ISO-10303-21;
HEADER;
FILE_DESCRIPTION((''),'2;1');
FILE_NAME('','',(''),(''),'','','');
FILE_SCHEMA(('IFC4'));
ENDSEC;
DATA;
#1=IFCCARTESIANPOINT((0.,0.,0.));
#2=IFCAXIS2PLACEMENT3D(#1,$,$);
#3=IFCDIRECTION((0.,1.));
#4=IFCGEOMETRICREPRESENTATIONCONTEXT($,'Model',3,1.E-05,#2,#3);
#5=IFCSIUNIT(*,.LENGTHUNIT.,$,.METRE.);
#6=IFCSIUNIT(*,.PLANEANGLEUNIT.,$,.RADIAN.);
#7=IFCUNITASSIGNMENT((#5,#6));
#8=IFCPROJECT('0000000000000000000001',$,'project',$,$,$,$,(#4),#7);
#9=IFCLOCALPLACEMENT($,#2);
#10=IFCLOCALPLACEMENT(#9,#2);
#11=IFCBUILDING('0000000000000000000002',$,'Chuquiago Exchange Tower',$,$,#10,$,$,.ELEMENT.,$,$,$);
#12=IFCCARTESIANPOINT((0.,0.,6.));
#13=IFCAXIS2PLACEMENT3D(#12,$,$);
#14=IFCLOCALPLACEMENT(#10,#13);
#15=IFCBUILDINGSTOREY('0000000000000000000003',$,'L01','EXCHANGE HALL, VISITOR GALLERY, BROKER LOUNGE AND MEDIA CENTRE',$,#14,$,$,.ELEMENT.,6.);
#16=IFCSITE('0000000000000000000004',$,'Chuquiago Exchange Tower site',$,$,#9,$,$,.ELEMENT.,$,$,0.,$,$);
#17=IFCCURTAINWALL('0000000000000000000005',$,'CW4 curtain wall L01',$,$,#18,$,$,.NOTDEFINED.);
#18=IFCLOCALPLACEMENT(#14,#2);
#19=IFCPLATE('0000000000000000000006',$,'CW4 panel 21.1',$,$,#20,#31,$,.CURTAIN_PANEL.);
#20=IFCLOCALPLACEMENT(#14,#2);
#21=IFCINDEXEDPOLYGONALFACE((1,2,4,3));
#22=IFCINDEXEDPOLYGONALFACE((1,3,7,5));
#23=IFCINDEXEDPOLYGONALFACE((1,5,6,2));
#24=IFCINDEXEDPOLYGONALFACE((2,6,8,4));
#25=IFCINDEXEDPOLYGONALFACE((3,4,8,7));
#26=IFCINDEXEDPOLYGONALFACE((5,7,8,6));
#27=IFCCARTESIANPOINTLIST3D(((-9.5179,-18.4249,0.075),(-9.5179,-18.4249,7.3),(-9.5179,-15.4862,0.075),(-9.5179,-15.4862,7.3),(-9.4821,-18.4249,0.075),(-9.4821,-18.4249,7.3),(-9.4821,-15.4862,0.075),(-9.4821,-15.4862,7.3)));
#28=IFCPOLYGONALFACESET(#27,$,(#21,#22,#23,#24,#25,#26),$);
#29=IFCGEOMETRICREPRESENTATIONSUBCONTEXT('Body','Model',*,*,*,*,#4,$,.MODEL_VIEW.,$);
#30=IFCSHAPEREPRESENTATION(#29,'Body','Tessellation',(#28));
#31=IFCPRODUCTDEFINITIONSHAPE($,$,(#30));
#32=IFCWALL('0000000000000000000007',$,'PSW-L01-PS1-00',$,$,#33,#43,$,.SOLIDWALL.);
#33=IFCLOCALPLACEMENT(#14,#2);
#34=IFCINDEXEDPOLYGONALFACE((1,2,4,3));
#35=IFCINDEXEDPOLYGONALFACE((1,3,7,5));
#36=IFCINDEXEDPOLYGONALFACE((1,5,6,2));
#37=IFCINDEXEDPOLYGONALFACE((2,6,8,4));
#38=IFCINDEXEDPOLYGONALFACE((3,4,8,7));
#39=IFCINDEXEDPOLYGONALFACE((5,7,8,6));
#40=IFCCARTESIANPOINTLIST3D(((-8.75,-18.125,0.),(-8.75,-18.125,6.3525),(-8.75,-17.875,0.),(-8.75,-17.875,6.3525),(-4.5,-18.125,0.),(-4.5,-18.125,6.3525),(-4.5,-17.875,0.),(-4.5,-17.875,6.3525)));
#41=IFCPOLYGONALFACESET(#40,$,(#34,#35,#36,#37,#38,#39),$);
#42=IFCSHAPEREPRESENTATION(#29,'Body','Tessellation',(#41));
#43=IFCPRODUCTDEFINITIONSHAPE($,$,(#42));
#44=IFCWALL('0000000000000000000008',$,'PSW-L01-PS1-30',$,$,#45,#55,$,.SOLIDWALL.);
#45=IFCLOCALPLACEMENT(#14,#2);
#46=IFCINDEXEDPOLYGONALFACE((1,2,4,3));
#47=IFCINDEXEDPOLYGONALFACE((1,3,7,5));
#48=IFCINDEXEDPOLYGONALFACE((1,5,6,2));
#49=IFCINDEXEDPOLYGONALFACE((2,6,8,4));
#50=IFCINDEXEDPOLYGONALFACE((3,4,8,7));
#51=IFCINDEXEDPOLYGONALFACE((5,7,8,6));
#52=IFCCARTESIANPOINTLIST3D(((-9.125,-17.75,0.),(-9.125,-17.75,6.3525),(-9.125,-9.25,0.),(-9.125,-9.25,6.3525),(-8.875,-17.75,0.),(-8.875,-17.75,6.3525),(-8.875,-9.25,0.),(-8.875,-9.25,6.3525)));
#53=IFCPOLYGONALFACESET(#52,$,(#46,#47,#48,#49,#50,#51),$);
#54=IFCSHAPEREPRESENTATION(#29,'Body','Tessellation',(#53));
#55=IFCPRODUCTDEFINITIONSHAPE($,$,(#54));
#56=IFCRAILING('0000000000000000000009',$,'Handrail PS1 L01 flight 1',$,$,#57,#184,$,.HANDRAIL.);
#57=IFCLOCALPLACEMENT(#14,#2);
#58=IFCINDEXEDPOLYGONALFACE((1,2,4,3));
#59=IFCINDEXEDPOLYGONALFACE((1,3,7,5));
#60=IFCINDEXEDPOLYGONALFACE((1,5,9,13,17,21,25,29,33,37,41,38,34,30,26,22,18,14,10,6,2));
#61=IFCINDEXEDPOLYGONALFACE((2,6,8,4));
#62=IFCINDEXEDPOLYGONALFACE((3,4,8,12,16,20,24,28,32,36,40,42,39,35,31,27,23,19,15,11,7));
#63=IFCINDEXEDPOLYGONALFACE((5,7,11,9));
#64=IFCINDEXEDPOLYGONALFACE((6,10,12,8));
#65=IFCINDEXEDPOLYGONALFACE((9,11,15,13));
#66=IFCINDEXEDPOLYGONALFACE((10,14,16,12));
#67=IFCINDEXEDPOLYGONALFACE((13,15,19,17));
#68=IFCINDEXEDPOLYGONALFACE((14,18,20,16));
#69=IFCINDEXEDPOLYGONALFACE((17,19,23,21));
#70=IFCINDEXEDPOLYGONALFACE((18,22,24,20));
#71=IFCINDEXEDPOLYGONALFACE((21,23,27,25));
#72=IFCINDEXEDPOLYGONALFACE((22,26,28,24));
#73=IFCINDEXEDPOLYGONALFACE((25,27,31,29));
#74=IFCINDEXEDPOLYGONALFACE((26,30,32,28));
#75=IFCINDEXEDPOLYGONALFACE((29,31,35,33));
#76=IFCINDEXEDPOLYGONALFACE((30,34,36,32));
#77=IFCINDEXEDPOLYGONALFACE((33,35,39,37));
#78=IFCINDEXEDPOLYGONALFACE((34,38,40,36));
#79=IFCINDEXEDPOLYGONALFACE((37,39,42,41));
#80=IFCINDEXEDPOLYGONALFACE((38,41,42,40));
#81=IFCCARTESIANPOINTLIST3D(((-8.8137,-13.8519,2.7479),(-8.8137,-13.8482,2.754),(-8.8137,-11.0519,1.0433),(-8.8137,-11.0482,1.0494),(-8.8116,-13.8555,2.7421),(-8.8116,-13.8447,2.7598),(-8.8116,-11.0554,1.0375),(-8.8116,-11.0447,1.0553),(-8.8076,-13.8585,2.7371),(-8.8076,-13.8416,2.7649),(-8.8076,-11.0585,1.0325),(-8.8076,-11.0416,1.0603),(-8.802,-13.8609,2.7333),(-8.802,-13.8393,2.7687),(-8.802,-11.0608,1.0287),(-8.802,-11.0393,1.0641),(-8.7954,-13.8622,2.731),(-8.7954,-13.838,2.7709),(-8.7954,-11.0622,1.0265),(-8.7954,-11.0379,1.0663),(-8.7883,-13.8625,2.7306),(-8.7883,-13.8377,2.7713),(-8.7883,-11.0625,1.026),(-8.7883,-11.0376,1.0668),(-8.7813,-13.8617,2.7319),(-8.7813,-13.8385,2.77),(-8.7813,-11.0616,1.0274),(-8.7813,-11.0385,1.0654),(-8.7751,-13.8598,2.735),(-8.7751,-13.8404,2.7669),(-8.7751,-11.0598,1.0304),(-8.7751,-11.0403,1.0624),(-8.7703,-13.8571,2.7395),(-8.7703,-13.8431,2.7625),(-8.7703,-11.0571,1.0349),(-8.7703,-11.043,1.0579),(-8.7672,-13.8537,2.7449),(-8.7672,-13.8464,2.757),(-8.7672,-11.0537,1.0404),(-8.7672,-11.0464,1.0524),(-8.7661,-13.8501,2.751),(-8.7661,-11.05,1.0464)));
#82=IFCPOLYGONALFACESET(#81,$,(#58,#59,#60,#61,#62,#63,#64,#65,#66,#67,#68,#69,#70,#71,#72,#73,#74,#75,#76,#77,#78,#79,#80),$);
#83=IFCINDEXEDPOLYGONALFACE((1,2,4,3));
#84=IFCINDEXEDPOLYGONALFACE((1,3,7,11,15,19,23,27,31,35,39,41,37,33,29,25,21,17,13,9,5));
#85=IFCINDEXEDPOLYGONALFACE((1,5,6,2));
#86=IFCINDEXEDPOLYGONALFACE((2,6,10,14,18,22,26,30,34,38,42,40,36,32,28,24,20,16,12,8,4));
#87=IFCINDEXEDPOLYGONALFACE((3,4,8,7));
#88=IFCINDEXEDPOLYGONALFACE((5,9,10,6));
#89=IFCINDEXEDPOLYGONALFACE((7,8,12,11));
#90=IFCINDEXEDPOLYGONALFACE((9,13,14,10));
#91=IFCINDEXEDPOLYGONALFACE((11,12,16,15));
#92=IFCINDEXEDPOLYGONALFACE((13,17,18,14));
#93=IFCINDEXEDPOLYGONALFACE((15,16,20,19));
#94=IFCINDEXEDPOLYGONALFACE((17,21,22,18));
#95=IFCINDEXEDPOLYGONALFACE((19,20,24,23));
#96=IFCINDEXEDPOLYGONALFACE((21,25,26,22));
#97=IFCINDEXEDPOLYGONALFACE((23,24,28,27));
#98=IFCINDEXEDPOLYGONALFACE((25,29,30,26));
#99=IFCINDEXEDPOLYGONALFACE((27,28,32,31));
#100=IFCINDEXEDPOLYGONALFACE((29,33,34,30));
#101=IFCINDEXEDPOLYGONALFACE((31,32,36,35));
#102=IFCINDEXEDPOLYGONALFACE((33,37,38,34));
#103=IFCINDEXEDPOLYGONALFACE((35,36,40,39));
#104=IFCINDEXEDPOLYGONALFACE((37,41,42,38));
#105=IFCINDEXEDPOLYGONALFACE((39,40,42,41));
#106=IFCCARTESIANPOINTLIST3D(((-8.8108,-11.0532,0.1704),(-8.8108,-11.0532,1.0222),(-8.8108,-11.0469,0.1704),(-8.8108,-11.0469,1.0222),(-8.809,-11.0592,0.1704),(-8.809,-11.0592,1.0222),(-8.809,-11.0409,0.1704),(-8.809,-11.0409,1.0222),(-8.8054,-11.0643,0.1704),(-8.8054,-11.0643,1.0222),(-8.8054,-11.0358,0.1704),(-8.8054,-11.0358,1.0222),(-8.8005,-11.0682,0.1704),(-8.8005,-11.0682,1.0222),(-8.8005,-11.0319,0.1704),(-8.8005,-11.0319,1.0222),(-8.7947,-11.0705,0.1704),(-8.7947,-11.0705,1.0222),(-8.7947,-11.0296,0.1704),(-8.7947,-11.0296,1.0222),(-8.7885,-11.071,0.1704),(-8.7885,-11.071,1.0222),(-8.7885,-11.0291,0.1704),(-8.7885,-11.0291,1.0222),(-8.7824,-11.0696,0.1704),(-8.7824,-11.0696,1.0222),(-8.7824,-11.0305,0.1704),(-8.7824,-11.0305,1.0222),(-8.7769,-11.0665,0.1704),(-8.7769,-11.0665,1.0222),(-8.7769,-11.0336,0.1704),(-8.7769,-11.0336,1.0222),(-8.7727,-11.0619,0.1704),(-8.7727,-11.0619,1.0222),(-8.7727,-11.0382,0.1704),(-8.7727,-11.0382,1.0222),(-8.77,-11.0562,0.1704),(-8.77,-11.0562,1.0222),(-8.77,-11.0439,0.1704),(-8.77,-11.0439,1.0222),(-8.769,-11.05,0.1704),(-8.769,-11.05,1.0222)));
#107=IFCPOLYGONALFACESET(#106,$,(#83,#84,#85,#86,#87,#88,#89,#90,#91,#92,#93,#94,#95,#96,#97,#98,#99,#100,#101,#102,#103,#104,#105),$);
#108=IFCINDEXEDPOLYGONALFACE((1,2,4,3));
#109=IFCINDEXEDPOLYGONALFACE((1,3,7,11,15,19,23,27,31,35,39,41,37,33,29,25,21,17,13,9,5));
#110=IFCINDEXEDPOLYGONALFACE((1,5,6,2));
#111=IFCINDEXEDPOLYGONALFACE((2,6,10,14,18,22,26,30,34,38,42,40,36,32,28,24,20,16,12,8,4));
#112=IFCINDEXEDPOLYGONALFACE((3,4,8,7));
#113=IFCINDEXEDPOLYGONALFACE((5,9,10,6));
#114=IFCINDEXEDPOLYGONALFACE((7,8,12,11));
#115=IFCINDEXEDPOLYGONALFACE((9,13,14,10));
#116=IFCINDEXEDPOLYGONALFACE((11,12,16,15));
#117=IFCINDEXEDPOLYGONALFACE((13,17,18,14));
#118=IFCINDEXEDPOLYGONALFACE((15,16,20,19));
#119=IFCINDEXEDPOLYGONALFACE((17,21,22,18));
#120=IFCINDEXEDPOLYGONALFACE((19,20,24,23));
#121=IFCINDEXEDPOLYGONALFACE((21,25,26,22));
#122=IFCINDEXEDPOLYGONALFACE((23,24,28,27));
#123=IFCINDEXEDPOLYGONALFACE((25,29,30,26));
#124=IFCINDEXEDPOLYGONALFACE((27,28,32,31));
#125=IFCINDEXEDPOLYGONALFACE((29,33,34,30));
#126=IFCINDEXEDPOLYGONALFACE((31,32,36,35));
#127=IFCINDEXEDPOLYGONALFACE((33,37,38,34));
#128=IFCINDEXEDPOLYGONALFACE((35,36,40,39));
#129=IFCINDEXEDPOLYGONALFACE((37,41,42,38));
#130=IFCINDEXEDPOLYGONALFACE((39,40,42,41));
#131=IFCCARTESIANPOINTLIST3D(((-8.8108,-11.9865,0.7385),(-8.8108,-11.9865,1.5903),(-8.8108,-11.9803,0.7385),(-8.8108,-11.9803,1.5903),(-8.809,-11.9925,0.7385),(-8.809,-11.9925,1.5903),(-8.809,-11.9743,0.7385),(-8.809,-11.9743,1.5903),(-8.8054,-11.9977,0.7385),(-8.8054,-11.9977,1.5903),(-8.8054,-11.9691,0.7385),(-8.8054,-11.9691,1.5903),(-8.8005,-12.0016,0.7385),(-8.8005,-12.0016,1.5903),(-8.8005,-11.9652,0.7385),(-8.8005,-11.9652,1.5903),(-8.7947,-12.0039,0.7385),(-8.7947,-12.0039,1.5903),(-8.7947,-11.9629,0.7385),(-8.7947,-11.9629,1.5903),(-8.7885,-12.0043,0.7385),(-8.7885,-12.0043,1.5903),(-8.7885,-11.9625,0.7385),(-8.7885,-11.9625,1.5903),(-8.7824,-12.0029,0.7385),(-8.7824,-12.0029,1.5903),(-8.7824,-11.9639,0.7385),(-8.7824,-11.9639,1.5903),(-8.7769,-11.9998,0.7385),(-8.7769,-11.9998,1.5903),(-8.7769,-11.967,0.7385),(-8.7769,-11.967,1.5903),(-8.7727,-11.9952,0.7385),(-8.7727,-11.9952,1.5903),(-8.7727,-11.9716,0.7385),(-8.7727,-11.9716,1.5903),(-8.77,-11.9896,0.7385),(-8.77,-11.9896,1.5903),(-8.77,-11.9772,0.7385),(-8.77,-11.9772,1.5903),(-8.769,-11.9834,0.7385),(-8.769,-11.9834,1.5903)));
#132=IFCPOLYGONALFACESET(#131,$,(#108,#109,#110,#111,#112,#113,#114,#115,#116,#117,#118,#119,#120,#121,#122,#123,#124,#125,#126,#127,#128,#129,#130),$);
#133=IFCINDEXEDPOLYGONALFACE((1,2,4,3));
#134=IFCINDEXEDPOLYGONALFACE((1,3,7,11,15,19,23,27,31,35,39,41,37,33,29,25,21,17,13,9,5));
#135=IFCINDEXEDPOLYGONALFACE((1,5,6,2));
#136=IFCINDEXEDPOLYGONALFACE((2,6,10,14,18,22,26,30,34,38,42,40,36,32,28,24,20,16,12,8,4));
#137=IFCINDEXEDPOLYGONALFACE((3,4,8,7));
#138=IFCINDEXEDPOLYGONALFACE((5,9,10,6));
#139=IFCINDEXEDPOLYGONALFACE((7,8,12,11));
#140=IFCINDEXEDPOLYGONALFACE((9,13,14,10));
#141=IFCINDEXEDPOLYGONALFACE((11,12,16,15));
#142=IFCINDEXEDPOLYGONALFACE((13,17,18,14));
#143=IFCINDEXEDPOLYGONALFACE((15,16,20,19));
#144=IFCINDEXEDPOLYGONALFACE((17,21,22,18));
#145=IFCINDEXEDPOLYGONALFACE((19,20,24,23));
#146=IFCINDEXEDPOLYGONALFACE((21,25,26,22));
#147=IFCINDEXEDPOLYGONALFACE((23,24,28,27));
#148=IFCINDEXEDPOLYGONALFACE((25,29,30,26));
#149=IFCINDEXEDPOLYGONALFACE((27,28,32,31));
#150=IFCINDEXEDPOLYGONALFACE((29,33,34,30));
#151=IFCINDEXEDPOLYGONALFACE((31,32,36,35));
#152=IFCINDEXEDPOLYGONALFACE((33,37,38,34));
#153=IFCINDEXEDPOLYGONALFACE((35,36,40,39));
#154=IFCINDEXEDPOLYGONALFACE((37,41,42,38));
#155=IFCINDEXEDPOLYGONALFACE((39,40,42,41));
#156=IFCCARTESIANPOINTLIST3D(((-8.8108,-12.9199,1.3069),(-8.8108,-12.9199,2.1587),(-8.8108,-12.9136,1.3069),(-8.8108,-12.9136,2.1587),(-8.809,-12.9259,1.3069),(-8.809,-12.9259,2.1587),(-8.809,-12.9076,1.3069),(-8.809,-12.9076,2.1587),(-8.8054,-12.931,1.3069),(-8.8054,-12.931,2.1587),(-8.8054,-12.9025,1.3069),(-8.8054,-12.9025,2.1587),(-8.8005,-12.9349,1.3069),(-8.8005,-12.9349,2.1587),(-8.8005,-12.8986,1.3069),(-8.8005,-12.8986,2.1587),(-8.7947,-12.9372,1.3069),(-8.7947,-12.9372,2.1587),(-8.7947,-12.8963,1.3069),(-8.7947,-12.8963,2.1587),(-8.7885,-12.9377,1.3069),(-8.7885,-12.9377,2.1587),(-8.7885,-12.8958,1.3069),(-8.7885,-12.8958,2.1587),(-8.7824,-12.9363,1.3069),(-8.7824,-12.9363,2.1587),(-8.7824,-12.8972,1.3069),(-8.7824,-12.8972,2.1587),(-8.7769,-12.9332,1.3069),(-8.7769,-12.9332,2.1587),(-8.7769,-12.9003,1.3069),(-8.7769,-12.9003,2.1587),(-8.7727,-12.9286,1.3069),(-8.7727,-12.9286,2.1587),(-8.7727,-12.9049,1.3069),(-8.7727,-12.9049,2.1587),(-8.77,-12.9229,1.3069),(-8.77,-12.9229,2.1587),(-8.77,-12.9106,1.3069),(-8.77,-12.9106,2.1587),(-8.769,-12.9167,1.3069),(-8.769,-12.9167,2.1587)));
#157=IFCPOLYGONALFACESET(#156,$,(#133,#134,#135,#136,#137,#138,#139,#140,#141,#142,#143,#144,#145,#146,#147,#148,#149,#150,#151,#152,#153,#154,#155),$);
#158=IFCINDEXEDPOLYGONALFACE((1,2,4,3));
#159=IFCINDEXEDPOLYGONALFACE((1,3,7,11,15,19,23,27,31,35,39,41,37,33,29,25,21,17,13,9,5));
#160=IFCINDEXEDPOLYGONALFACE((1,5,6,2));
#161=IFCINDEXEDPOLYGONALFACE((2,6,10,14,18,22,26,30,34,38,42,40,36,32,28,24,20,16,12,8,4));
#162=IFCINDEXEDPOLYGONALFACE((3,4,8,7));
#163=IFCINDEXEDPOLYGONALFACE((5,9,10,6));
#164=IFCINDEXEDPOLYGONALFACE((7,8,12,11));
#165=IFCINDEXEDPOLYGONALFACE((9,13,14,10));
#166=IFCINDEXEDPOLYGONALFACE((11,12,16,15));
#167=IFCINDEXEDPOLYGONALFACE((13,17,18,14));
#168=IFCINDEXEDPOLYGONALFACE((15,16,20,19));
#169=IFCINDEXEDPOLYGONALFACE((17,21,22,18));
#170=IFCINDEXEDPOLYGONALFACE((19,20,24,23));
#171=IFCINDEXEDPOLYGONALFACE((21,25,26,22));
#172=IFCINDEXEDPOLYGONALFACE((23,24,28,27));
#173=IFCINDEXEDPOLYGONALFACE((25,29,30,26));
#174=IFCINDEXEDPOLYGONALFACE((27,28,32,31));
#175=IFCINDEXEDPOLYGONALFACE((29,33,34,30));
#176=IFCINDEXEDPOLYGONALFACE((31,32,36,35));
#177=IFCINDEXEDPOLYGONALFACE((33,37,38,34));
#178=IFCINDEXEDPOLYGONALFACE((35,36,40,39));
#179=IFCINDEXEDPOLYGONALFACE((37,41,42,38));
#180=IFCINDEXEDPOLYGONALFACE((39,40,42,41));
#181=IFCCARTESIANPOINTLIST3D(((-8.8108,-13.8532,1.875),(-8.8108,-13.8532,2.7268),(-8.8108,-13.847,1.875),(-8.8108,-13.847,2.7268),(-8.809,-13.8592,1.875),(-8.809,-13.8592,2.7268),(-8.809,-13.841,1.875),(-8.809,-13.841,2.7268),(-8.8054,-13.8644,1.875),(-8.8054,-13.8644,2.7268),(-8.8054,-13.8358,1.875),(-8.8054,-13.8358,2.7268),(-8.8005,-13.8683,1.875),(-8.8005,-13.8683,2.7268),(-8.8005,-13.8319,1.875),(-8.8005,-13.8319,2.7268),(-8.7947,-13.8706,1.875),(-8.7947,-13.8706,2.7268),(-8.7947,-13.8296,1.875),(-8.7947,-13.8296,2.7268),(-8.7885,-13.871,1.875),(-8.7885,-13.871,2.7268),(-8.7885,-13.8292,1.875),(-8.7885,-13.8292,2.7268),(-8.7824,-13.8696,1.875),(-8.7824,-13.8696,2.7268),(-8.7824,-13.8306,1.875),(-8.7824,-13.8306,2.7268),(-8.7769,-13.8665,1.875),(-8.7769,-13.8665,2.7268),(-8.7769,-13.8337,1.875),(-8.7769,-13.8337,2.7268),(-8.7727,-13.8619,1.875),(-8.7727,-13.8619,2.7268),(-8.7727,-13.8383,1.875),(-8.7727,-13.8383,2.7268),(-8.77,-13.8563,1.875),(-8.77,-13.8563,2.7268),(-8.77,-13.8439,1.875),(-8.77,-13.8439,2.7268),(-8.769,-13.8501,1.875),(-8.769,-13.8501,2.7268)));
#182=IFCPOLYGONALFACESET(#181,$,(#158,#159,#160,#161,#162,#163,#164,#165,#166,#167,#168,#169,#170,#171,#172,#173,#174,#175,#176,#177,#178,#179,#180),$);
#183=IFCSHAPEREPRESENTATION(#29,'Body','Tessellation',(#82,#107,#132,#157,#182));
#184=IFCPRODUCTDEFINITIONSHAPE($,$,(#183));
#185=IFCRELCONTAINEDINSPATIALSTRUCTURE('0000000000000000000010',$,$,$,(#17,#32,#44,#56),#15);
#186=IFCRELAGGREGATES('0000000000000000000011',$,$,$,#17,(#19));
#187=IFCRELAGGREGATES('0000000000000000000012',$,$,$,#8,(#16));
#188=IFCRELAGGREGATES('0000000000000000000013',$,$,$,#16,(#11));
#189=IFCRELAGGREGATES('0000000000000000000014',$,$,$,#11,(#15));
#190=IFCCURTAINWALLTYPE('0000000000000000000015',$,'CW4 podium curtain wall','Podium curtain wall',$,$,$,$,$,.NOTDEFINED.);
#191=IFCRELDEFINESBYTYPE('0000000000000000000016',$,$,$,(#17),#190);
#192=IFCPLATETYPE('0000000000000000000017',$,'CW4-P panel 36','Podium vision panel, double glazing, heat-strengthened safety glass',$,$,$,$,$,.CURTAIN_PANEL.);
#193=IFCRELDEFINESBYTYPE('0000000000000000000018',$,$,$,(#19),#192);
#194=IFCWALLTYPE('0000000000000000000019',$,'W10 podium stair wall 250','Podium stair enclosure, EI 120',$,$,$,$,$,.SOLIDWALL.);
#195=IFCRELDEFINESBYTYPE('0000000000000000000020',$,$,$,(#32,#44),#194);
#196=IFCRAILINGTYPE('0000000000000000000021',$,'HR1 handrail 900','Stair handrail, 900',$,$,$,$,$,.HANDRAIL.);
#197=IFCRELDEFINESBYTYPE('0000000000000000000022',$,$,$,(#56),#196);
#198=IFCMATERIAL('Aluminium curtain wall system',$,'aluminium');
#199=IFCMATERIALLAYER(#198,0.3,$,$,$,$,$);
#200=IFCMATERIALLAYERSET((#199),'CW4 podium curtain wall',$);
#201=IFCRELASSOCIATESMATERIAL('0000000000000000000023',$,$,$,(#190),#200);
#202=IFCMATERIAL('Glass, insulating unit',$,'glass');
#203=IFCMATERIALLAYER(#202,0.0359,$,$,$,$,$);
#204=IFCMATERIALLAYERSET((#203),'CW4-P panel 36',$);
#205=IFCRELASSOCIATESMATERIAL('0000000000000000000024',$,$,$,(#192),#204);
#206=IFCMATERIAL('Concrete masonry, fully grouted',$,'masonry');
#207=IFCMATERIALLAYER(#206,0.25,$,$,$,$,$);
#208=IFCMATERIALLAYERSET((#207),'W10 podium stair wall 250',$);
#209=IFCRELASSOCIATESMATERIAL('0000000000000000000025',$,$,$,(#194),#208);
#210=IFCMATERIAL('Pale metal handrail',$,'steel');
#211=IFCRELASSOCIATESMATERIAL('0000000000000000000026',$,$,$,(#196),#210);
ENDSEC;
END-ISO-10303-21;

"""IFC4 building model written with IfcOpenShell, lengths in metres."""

from ifc_helpers import new_model, si_unit, direction, frame, frame_2d, origin, origin_2d, place, context, subcontext, project, spatial, rectangle, circle, extrude, material, layer, layer_set, type_object, element, aggregate, save


model = new_model("IFC4")

# Units and contexts
model_context = context("Model", 3, precision=1e-05, world=origin(), true_north=direction((0.0, 1.0)))
body_context = subcontext(model_context, "Body", "Model", "MODEL_VIEW")
ifc_project = project(units=[si_unit("LENGTHUNIT", "METRE"), si_unit("PLANEANGLEUNIT", "RADIAN")], contexts=[model_context])

# Site, building, storey
site_placement = place(None, origin())
site = spatial("IfcSite", under=ifc_project, at=site_placement, Name="Chuquiago Exchange Tower site", CompositionType="ELEMENT", RefElevation=0.0)
building_placement = place(site_placement, origin())
building = spatial("IfcBuilding", under=site, at=building_placement, Name="Chuquiago Exchange Tower", CompositionType="ELEMENT")
storey_placement = place(building_placement, frame((0.0, 0.0, 6.0)))
storey = spatial("IfcBuildingStorey", under=building, at=storey_placement, Name="L01", Description="EXCHANGE HALL, VISITOR GALLERY, BROKER LOUNGE AND MEDIA CENTRE", CompositionType="ELEMENT", Elevation=6.0)

# Curtain wall
ifc_material_1 = material(Name="Aluminium curtain wall system", Category="aluminium")
ifc_layer_1 = layer(ifc_material_1, 0.3)
ifc_layer_set_1 = layer_set([ifc_layer_1], Name="CW4 podium curtain wall")
curtain_wall_type = type_object("IfcCurtainWallType", Name="CW4 podium curtain wall", Description="Podium curtain wall", PredefinedType="NOTDEFINED", material=ifc_layer_set_1)
curtain_wall_1_placement = place(storey_placement, origin())
curtain_wall_1 = element("IfcCurtainWall", 1, at=curtain_wall_1_placement, inside=storey, type_object=curtain_wall_type, Name="CW4 curtain wall L01", PredefinedType="NOTDEFINED")

# Plate
ifc_material_2 = material(Name="Glass, insulating unit", Category="glass")
ifc_layer_2 = layer(ifc_material_2, 0.0359)
ifc_layer_set_2 = layer_set([ifc_layer_2], Name="CW4-P panel 36")
plate_type = type_object("IfcPlateType", Name="CW4-P panel 36", Description="Podium vision panel, double glazing, heat-strengthened safety glass", PredefinedType="CURTAIN_PANEL", material=ifc_layer_set_2)
plate_1_placement = place(storey_placement, frame((-9.5, -16.9556, 0.075), z_axis=(0.0, 0.0, 1.0), x_axis=(0.0, -1.0, 0.0)))
plate_1 = element("IfcPlate", 2, at=plate_1_placement, type_object=plate_type, Name="CW4 panel 21.1", PredefinedType="CURTAIN_PANEL", context=body_context, shape_type="SweptSolid", body=[
    extrude(rectangle(XDim=2.9387, YDim=0.0359, at=origin_2d()), origin(), (0.0, 0.0, 1.0), 7.2251),
])
aggregate(curtain_wall_1, [plate_1])

# Walls
ifc_material_3 = material(Name="Concrete masonry, fully grouted", Category="masonry")
ifc_layer_3 = layer(ifc_material_3, 0.25)
ifc_layer_set_3 = layer_set([ifc_layer_3], Name="W10 podium stair wall 250")
wall_type = type_object("IfcWallType", Name="W10 podium stair wall 250", Description="Podium stair enclosure, EI 120", PredefinedType="SOLIDWALL", material=ifc_layer_set_3)
wall_1_placement = place(storey_placement, frame((-8.75, -18.0, 0.0), z_axis=(0.0, 0.0, 1.0), x_axis=(1.0, 0.0, 0.0)))
element("IfcWall", 3, at=wall_1_placement, inside=storey, type_object=wall_type, Name="PSW-L01-PS1-00", PredefinedType="SOLIDWALL", context=body_context, shape_type="SweptSolid", body=[
    extrude(rectangle(XDim=4.25, YDim=0.25, at=frame_2d((2.125, 0.0))), origin(), (0.0, 0.0, 1.0), 6.3525),
])
wall_2_placement = place(storey_placement, frame((-9.0, -17.75, 0.0), z_axis=(0.0, 0.0, 1.0), x_axis=(0.0, 1.0, 0.0)))
element("IfcWall", 4, at=wall_2_placement, inside=storey, type_object=wall_type, Name="PSW-L01-PS1-30", PredefinedType="SOLIDWALL", context=body_context, shape_type="SweptSolid", body=[
    extrude(rectangle(XDim=8.5, YDim=0.25, at=frame_2d((4.25, 0.0))), origin(), (0.0, 0.0, 1.0), 6.3525),
])

# Railing
ifc_material_4 = material(Name="Pale metal handrail", Category="steel")
railing_type = type_object("IfcRailingType", Name="HR1 handrail 900", Description="Stair handrail, 900", PredefinedType="HANDRAIL", material=ifc_material_4)
railing_placement = place(storey_placement, frame((-8.79, -11.05, 0.1704)))
element("IfcRailing", 5, at=railing_placement, inside=storey, type_object=railing_type, Name="Handrail PS1 L01 flight 1", PredefinedType="HANDRAIL", context=body_context, shape_type="SweptSolid", body=[
    extrude(circle(Radius=0.0239, at=origin_2d()), frame((0.0, 0.0, 0.876), z_axis=(0.0, -0.85417, 0.519994), x_axis=(1.0, 0.0, 0.0)), (0.0, 0.0, 1.0), 3.2781),
    extrude(circle(Radius=0.021, at=origin_2d()), origin(), (0.0, 0.0, 1.0), 0.8518),
    extrude(circle(Radius=0.021, at=origin_2d()), frame((0.0, -0.9333, 0.5681)), (0.0, 0.0, 1.0), 0.8518),
    extrude(circle(Radius=0.021, at=origin_2d()), frame((0.0, -1.8667, 1.1365)), (0.0, 0.0, 1.0), 0.8518),
    extrude(circle(Radius=0.021, at=origin_2d()), frame((0.0, -2.8, 1.7046)), (0.0, 0.0, 1.0), 0.8518),
])

save(model, "model.ifc")
